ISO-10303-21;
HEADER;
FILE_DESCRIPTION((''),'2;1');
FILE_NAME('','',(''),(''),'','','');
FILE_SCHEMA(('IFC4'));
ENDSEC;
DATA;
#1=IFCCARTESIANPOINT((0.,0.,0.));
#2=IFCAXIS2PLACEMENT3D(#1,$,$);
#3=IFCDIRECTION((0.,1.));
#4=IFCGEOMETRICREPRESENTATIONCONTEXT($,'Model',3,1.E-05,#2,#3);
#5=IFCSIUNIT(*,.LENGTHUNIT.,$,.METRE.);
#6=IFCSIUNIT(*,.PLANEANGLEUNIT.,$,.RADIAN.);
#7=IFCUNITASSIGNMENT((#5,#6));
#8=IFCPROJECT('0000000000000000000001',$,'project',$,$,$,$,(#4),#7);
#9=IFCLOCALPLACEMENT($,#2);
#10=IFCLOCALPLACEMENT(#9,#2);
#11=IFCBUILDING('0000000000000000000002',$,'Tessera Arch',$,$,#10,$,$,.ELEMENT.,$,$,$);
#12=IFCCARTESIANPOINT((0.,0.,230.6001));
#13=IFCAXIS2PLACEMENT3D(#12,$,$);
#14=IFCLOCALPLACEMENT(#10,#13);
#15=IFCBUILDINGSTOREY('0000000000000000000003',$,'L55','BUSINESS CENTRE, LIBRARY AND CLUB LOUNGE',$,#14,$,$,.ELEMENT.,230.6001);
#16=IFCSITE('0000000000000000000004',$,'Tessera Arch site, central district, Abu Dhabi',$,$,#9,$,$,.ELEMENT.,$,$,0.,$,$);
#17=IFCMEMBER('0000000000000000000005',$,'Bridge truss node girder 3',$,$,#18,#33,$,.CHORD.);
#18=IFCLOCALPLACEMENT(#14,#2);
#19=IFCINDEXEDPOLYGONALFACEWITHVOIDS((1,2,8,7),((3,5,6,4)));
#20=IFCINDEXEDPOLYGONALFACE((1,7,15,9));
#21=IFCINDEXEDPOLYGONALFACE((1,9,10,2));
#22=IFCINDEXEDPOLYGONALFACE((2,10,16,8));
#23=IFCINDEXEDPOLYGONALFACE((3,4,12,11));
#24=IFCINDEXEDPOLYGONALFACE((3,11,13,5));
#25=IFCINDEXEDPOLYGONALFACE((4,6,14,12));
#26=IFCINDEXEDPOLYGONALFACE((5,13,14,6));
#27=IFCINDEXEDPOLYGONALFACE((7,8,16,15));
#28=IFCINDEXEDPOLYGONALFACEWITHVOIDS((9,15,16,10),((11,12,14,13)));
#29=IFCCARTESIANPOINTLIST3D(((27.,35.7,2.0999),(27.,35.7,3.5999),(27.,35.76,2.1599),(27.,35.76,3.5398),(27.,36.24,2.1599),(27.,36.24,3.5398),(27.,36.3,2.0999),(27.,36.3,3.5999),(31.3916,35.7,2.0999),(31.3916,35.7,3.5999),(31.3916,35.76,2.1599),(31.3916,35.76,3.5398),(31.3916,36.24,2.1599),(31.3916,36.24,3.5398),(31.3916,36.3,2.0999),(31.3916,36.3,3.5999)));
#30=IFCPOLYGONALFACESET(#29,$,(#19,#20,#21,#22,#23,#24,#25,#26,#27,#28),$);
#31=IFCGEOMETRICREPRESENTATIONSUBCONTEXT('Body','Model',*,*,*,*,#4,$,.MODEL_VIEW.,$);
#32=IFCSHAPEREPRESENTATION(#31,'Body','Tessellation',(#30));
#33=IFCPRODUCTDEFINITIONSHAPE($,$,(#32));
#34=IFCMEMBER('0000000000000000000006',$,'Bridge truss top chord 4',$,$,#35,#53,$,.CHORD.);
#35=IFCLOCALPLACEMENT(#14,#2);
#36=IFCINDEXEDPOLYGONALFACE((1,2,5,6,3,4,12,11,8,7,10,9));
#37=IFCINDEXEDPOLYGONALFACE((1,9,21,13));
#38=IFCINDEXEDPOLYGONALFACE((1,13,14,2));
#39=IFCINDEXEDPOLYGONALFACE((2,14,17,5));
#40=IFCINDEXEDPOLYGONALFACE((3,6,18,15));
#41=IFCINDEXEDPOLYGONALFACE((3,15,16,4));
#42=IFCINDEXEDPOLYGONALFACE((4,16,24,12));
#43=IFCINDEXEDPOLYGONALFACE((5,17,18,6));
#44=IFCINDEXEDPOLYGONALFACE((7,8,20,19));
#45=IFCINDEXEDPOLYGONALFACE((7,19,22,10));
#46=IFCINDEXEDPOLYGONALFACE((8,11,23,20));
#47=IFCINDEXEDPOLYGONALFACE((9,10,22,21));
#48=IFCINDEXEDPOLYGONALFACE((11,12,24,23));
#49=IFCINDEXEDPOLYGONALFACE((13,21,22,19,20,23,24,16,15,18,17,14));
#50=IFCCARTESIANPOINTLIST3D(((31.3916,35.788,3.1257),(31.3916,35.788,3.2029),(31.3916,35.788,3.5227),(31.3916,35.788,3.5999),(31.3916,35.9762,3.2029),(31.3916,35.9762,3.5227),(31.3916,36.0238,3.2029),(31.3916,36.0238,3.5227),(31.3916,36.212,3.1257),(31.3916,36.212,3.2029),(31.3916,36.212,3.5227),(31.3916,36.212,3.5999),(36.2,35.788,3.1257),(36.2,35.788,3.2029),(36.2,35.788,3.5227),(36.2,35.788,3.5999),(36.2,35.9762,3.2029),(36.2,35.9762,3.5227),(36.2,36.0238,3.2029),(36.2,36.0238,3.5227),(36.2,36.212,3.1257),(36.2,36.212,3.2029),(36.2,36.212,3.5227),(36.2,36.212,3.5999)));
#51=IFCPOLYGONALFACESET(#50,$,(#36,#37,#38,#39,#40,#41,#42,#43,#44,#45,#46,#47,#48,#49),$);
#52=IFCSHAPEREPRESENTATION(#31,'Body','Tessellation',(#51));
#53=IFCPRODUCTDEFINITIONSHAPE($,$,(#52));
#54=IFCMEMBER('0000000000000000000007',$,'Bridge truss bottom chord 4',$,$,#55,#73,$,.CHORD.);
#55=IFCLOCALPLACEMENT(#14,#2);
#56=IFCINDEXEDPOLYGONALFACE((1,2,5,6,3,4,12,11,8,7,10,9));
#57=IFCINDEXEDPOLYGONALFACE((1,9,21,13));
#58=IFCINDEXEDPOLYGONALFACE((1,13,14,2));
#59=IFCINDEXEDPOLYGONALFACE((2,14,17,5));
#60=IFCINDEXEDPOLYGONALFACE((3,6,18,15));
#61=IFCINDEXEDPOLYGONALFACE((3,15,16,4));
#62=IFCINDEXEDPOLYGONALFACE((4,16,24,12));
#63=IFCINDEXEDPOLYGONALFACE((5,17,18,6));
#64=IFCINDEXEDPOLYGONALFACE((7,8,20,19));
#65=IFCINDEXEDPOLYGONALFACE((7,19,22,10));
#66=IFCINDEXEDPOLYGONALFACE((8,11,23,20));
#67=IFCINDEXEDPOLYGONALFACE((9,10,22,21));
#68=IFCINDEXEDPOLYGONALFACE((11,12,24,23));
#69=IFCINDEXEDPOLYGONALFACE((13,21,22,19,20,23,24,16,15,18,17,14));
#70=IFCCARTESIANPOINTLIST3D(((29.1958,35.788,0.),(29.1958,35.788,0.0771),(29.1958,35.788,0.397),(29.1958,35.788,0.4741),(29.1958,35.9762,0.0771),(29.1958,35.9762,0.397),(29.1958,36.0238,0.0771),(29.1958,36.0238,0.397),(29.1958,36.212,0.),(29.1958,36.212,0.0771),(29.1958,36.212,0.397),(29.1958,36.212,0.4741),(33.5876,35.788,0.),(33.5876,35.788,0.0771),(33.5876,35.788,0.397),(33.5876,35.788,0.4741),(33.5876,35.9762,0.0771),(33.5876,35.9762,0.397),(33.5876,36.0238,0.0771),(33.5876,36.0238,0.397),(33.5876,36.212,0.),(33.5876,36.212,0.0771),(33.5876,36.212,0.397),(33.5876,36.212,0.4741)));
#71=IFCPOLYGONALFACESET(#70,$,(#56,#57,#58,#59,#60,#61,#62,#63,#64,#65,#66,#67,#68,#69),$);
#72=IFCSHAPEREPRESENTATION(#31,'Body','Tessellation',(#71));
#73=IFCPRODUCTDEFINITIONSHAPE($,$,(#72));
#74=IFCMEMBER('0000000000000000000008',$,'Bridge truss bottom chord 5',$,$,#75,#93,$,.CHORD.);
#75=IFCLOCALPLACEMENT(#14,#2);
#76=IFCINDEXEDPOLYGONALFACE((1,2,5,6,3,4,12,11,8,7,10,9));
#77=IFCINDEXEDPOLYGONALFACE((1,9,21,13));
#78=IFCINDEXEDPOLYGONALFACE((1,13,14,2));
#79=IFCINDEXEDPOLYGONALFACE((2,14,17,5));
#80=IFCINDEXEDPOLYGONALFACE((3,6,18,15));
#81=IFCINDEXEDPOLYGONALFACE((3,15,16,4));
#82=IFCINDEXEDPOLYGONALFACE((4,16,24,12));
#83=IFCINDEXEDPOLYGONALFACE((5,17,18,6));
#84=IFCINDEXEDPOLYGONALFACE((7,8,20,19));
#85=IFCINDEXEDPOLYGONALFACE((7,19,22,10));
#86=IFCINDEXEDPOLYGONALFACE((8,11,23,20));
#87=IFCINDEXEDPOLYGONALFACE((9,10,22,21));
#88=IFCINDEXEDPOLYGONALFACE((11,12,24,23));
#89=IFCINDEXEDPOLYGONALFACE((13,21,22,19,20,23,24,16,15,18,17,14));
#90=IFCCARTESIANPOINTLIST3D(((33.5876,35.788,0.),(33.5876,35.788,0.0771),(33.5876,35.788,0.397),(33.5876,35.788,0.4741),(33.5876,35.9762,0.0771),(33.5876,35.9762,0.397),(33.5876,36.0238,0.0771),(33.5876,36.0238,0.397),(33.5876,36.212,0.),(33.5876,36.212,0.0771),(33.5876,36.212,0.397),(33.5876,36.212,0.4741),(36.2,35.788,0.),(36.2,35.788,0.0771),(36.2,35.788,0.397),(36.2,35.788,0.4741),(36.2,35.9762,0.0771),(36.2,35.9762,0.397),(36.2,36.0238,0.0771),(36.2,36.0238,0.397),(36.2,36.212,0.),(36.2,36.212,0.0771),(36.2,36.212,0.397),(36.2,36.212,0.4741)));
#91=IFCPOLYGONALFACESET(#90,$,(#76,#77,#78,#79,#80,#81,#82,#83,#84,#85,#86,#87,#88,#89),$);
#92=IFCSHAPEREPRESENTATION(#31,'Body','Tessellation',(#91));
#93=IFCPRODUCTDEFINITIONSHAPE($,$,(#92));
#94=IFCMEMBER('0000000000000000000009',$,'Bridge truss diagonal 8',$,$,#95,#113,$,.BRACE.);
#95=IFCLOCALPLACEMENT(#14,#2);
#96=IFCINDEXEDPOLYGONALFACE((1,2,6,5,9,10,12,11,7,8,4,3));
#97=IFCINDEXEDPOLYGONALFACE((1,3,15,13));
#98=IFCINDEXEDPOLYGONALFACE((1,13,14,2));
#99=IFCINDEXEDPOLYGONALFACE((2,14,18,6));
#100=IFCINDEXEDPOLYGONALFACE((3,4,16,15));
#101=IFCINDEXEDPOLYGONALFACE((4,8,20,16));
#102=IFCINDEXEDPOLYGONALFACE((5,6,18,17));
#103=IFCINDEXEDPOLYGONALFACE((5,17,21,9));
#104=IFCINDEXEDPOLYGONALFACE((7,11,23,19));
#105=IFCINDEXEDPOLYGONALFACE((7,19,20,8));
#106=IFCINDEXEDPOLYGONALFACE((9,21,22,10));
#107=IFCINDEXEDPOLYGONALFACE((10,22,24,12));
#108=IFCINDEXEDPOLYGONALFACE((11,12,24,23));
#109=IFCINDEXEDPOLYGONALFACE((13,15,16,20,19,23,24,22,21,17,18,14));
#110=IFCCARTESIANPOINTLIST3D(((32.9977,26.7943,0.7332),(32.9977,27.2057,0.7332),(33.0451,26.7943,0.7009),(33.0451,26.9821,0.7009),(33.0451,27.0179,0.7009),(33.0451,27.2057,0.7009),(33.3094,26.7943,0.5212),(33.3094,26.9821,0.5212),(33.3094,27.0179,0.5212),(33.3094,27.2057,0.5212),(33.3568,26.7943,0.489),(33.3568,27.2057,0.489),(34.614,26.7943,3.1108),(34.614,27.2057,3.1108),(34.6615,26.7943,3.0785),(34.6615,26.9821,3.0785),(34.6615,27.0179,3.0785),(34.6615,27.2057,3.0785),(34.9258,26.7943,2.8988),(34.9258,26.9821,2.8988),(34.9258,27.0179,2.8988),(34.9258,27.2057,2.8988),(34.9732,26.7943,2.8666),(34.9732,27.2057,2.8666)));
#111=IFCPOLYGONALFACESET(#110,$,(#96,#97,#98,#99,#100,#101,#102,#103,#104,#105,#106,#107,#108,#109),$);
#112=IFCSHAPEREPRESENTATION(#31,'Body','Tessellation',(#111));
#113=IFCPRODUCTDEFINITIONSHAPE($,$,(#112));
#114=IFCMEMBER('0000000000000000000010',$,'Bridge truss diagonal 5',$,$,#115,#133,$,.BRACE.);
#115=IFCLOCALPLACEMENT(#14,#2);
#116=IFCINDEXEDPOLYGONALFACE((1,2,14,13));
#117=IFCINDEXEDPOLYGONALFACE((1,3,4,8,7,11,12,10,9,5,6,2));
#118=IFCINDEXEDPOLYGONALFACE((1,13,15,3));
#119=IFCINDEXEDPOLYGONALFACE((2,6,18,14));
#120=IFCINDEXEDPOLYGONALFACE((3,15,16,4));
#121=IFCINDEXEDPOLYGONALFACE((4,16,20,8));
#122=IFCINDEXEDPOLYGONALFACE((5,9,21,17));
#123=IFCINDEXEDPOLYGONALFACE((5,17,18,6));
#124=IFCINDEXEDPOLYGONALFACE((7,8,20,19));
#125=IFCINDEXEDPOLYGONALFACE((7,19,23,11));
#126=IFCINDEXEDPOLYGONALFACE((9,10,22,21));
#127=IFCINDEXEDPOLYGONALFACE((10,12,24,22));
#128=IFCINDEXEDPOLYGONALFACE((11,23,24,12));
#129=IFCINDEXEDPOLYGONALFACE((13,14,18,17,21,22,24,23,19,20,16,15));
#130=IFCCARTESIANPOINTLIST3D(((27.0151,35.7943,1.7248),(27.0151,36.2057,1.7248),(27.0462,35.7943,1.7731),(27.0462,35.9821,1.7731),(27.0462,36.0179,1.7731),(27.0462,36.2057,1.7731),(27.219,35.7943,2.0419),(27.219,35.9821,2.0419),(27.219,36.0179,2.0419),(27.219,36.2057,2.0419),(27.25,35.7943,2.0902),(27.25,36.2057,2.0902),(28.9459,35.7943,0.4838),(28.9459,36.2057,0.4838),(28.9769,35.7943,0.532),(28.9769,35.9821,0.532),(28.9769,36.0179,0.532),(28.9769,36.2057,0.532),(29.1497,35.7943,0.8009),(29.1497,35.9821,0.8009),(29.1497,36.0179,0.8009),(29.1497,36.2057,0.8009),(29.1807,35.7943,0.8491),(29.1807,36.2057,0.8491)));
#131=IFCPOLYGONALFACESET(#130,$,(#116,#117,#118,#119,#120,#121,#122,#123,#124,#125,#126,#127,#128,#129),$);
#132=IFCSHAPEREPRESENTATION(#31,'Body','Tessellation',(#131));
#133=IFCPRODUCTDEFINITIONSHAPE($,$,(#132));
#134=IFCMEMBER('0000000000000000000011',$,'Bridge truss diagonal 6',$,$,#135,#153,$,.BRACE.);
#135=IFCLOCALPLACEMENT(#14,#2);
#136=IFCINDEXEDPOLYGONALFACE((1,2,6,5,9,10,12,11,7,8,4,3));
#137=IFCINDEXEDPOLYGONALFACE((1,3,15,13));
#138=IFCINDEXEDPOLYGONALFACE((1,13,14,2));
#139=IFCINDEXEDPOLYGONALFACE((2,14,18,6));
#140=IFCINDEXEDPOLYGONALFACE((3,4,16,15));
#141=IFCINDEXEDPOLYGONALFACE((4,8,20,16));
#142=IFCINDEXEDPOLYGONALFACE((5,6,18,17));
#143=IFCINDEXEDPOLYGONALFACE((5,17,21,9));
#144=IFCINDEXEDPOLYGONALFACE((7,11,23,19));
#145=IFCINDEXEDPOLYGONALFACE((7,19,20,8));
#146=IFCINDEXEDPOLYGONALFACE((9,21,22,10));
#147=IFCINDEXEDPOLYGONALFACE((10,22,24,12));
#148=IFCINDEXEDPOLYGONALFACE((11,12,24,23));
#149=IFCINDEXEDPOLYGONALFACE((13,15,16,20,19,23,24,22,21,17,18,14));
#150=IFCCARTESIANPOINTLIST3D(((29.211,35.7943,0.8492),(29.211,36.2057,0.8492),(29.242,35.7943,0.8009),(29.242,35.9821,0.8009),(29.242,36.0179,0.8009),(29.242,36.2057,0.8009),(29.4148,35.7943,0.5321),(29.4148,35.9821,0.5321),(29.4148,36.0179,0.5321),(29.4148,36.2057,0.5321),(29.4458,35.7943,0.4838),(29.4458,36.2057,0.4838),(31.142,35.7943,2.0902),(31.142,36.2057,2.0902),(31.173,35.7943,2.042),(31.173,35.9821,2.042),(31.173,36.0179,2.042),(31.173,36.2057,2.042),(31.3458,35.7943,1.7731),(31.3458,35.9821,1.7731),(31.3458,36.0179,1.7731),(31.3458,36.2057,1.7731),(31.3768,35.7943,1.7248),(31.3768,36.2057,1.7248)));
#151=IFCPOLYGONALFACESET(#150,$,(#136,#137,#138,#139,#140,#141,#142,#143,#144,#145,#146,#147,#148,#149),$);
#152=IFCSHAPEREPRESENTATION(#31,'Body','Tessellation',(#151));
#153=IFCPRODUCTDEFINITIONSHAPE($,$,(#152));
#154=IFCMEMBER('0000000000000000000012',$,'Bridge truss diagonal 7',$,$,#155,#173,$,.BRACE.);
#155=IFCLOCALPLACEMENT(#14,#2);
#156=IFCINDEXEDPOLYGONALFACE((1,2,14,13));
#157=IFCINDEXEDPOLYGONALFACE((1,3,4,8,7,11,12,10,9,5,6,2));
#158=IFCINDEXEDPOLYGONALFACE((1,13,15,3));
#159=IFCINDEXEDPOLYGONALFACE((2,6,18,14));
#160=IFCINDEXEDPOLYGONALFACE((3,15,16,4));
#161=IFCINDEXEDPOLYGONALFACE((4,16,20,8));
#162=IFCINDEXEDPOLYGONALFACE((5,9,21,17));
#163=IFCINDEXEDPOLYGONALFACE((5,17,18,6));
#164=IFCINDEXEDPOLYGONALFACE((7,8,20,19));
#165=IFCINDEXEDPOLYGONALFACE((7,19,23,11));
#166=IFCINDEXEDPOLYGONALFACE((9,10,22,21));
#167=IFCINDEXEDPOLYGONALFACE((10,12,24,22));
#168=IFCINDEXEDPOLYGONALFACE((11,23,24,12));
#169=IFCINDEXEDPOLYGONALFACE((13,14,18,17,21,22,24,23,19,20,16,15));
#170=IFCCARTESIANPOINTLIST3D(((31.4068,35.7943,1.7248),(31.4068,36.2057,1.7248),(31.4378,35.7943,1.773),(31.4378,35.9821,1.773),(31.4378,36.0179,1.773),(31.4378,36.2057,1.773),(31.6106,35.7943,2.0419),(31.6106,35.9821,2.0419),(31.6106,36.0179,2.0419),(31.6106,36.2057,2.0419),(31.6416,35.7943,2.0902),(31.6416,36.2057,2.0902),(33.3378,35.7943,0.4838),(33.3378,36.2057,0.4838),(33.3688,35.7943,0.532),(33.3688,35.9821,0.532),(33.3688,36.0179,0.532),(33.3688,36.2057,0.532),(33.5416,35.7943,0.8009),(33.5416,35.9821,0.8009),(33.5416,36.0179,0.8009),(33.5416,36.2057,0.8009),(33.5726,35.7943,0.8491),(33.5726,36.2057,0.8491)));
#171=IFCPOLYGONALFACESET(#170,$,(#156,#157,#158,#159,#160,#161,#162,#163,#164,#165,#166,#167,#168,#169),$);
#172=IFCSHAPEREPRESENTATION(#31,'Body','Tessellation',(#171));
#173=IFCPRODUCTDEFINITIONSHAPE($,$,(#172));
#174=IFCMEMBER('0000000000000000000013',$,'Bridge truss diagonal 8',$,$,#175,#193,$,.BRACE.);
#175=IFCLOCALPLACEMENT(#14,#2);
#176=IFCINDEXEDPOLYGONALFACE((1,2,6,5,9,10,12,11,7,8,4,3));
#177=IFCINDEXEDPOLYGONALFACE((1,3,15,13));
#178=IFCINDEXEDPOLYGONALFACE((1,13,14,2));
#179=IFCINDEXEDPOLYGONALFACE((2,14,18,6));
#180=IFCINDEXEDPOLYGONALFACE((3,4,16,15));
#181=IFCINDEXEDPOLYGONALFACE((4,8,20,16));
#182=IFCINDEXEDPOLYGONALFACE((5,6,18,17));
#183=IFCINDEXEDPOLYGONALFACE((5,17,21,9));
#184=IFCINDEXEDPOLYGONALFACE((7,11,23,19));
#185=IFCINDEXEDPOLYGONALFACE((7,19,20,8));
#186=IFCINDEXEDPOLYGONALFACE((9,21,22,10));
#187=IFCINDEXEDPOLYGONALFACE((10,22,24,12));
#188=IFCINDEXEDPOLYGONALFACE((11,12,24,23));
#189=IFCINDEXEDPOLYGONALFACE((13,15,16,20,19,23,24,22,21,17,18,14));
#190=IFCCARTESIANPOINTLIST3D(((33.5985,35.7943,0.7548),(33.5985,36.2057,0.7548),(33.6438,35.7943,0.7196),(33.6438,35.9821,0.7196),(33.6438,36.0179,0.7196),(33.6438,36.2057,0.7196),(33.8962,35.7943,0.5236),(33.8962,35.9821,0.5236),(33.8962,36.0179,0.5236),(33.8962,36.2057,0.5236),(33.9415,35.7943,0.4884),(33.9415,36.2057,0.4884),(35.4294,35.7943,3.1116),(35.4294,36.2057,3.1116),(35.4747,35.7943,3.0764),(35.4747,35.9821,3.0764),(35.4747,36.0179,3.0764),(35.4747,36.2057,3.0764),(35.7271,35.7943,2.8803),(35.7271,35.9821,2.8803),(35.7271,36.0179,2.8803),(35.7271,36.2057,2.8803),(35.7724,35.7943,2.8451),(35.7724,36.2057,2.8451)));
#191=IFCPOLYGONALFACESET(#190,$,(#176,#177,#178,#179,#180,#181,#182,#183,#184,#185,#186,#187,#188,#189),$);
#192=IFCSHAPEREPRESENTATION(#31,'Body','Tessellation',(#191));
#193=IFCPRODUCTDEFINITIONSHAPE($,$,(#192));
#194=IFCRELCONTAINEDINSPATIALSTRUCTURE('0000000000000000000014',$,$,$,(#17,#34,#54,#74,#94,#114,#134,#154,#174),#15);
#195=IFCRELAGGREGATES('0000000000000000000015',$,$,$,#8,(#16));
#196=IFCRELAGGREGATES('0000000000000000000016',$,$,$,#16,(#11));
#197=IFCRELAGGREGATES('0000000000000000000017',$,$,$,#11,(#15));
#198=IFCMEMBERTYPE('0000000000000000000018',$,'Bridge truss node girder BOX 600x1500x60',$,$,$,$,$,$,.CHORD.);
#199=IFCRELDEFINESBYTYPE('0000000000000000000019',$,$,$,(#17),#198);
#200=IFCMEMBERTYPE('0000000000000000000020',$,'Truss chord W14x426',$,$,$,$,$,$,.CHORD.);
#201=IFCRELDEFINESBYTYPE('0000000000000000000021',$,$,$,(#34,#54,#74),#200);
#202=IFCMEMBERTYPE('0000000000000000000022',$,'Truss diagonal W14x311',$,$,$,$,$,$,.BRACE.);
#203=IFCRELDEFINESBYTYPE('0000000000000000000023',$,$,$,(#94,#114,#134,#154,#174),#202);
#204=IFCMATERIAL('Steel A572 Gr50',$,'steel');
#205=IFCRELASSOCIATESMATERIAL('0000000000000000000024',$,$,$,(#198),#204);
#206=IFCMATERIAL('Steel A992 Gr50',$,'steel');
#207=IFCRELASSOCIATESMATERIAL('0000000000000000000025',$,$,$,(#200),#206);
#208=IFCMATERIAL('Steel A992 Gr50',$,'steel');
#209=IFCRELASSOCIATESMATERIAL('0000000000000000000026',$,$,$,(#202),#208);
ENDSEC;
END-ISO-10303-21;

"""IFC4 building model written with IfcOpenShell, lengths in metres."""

from ifc_helpers import new_model, si_unit, direction, frame, origin, origin_2d, place, context, subcontext, project, spatial, hollow_rectangle, i_section, extrude, material, material_profile, profile_set, type_object, element, save


model = new_model("IFC4")

# Units and contexts
model_context = context("Model", 3, precision=1e-05, world=origin(), true_north=direction((0.0, 1.0)))
body_context = subcontext(model_context, "Body", "Model", "MODEL_VIEW")
ifc_project = project(units=[si_unit("LENGTHUNIT", "METRE"), si_unit("PLANEANGLEUNIT", "RADIAN")], contexts=[model_context])

# Site, building, storey
site_placement = place(None, origin())
site = spatial("IfcSite", under=ifc_project, at=site_placement, Name="Tessera Arch site, central district, Abu Dhabi", CompositionType="ELEMENT", RefElevation=0.0)
building_placement = place(site_placement, origin())
building = spatial("IfcBuilding", under=site, at=building_placement, Name="Tessera Arch", CompositionType="ELEMENT")
storey_placement = place(building_placement, frame((0.0, 0.0, 230.6001)))
storey = spatial("IfcBuildingStorey", under=building, at=storey_placement, Name="L55", Description="BUSINESS CENTRE, LIBRARY AND CLUB LOUNGE", CompositionType="ELEMENT", Elevation=230.6001)

# Members
ifc_material_1 = material(Name="Steel A572 Gr50", Category="steel")
ifc_material_profile_1 = material_profile(ifc_material_1, hollow_rectangle(XDim=0.6001, YDim=1.5, WallThickness=0.0601, at=origin_2d()), Name="BOX 600x1500x60")
ifc_profile_set_1 = profile_set([ifc_material_profile_1], Name="Steel A572 Gr50")
member_type_1 = type_object("IfcMemberType", Name="Bridge truss node girder BOX 600x1500x60", PredefinedType="CHORD", material=ifc_profile_set_1)
member_1_placement = place(storey_placement, frame((27.0, 36.0, 2.8499), z_axis=(1.0, 0.0, 0.0), x_axis=(0.0, 1.0, 0.0)))
element("IfcMember", 1, at=member_1_placement, inside=storey, type_object=member_type_1, Name="Bridge truss node girder 3", PredefinedType="CHORD", context=body_context, shape_type="SweptSolid", body=[
    extrude(hollow_rectangle(XDim=0.6001, YDim=1.5, WallThickness=0.0601, at=origin_2d()), origin(), (0.0, 0.0, 1.0), 4.3916),
])
ifc_material_2 = material(Name="Steel A992 Gr50", Category="steel")
ifc_material_profile_2 = material_profile(ifc_material_2, i_section(OverallWidth=0.4241, OverallDepth=0.4741, WebThickness=0.0476, FlangeThickness=0.0771, at=origin_2d()), Name="W14x426")
ifc_profile_set_2 = profile_set([ifc_material_profile_2], Name="Steel A992 Gr50")
member_type_2 = type_object("IfcMemberType", Name="Truss chord W14x426", PredefinedType="CHORD", material=ifc_profile_set_2)
member_2_placement = place(storey_placement, frame((31.3916, 36.0, 3.3628), z_axis=(1.0, 0.0, 0.0), x_axis=(0.0, 1.0, 0.0)))
element("IfcMember", 2, at=member_2_placement, inside=storey, type_object=member_type_2, Name="Bridge truss top chord 4", PredefinedType="CHORD", context=body_context, shape_type="SweptSolid", body=[
    extrude(i_section(OverallWidth=0.4241, OverallDepth=0.4741, WebThickness=0.0476, FlangeThickness=0.0771, at=origin_2d()), origin(), (0.0, 0.0, 1.0), 4.8083),
])
member_3_placement = place(storey_placement, frame((29.1958, 36.0, 0.2371), z_axis=(1.0, 0.0, 0.0), x_axis=(0.0, 1.0, 0.0)))
element("IfcMember", 3, at=member_3_placement, inside=storey, type_object=member_type_2, Name="Bridge truss bottom chord 4", PredefinedType="CHORD", context=body_context, shape_type="SweptSolid", body=[
    extrude(i_section(OverallWidth=0.4241, OverallDepth=0.4741, WebThickness=0.0476, FlangeThickness=0.0771, at=origin_2d()), origin(), (0.0, 0.0, 1.0), 4.3918),
])
member_4_placement = place(storey_placement, frame((33.5876, 36.0, 0.2371), z_axis=(1.0, 0.0, 0.0), x_axis=(0.0, 1.0, 0.0)))
element("IfcMember", 4, at=member_4_placement, inside=storey, type_object=member_type_2, Name="Bridge truss bottom chord 5", PredefinedType="CHORD", context=body_context, shape_type="SweptSolid", body=[
    extrude(i_section(OverallWidth=0.4241, OverallDepth=0.4741, WebThickness=0.0476, FlangeThickness=0.0771, at=origin_2d()), origin(), (0.0, 0.0, 1.0), 2.6123),
])
ifc_material_3 = material(Name="Steel A992 Gr50", Category="steel")
ifc_material_profile_3 = material_profile(ifc_material_3, i_section(OverallWidth=0.4114, OverallDepth=0.4343, WebThickness=0.0359, FlangeThickness=0.0574, at=origin_2d()), Name="W14x311")
ifc_profile_set_3 = profile_set([ifc_material_profile_3], Name="Steel A992 Gr50")
member_type_3 = type_object("IfcMemberType", Name="Truss diagonal W14x311", PredefinedType="BRACE", material=ifc_profile_set_3)
member_5_placement = place(storey_placement, frame((33.1772, 27.0, 0.6111), z_axis=(0.562222, 0.0, 0.826987), x_axis=(0.0, 1.0, 0.0)))
element("IfcMember", 5, at=member_5_placement, inside=storey, type_object=member_type_3, Name="Bridge truss diagonal 8", PredefinedType="BRACE", context=body_context, shape_type="SweptSolid", body=[
    extrude(i_section(OverallWidth=0.4114, OverallDepth=0.4343, WebThickness=0.0359, FlangeThickness=0.0574, at=origin_2d()), origin(), (0.0, 0.0, 1.0), 2.875),
])
member_6_placement = place(storey_placement, frame((27.1326, 36.0, 1.9075), z_axis=(0.841213, 0.0, -0.540704), x_axis=(0.0, 1.0, 0.0)))
element("IfcMember", 6, at=member_6_placement, inside=storey, type_object=member_type_3, Name="Bridge truss diagonal 5", PredefinedType="BRACE", context=body_context, shape_type="SweptSolid", body=[
    extrude(i_section(OverallWidth=0.4114, OverallDepth=0.4343, WebThickness=0.0359, FlangeThickness=0.0574, at=origin_2d()), origin(), (0.0, 0.0, 1.0), 2.2952),
])
for number, where, z_axis, x_axis, name in (
    (7, (29.3284, 36.0, 0.6665), (0.841244, 0.0, 0.540655), (0.0, 1.0, 0.0), "Bridge truss diagonal 6"),
    (8, (31.5242, 36.0, 1.9075), (0.841244, 0.0, -0.540655), (0.0, 1.0, 0.0), "Bridge truss diagonal 7"),
):
    element("IfcMember", number, at=place(storey_placement, frame(where, z_axis=z_axis, x_axis=x_axis)), inside=storey, type_object=member_type_3, Name=name, PredefinedType="BRACE", context=body_context, shape_type="SweptSolid", body=[
        extrude(i_section(OverallWidth=0.4114, OverallDepth=0.4343, WebThickness=0.0359, FlangeThickness=0.0574, at=origin_2d()), origin(), (0.0, 0.0, 1.0), 2.2954),
    ])
member_7_placement = place(storey_placement, frame((33.77, 36.0, 0.6216), z_axis=(0.613487, 0.0, 0.789704), x_axis=(0.0, 1.0, 0.0)))
element("IfcMember", 9, at=member_7_placement, inside=storey, type_object=member_type_3, Name="Bridge truss diagonal 8", PredefinedType="BRACE", context=body_context, shape_type="SweptSolid", body=[
    extrude(i_section(OverallWidth=0.4114, OverallDepth=0.4343, WebThickness=0.0359, FlangeThickness=0.0574, at=origin_2d()), origin(), (0.0, 0.0, 1.0), 2.9844),
])

save(model, "model.ifc")
